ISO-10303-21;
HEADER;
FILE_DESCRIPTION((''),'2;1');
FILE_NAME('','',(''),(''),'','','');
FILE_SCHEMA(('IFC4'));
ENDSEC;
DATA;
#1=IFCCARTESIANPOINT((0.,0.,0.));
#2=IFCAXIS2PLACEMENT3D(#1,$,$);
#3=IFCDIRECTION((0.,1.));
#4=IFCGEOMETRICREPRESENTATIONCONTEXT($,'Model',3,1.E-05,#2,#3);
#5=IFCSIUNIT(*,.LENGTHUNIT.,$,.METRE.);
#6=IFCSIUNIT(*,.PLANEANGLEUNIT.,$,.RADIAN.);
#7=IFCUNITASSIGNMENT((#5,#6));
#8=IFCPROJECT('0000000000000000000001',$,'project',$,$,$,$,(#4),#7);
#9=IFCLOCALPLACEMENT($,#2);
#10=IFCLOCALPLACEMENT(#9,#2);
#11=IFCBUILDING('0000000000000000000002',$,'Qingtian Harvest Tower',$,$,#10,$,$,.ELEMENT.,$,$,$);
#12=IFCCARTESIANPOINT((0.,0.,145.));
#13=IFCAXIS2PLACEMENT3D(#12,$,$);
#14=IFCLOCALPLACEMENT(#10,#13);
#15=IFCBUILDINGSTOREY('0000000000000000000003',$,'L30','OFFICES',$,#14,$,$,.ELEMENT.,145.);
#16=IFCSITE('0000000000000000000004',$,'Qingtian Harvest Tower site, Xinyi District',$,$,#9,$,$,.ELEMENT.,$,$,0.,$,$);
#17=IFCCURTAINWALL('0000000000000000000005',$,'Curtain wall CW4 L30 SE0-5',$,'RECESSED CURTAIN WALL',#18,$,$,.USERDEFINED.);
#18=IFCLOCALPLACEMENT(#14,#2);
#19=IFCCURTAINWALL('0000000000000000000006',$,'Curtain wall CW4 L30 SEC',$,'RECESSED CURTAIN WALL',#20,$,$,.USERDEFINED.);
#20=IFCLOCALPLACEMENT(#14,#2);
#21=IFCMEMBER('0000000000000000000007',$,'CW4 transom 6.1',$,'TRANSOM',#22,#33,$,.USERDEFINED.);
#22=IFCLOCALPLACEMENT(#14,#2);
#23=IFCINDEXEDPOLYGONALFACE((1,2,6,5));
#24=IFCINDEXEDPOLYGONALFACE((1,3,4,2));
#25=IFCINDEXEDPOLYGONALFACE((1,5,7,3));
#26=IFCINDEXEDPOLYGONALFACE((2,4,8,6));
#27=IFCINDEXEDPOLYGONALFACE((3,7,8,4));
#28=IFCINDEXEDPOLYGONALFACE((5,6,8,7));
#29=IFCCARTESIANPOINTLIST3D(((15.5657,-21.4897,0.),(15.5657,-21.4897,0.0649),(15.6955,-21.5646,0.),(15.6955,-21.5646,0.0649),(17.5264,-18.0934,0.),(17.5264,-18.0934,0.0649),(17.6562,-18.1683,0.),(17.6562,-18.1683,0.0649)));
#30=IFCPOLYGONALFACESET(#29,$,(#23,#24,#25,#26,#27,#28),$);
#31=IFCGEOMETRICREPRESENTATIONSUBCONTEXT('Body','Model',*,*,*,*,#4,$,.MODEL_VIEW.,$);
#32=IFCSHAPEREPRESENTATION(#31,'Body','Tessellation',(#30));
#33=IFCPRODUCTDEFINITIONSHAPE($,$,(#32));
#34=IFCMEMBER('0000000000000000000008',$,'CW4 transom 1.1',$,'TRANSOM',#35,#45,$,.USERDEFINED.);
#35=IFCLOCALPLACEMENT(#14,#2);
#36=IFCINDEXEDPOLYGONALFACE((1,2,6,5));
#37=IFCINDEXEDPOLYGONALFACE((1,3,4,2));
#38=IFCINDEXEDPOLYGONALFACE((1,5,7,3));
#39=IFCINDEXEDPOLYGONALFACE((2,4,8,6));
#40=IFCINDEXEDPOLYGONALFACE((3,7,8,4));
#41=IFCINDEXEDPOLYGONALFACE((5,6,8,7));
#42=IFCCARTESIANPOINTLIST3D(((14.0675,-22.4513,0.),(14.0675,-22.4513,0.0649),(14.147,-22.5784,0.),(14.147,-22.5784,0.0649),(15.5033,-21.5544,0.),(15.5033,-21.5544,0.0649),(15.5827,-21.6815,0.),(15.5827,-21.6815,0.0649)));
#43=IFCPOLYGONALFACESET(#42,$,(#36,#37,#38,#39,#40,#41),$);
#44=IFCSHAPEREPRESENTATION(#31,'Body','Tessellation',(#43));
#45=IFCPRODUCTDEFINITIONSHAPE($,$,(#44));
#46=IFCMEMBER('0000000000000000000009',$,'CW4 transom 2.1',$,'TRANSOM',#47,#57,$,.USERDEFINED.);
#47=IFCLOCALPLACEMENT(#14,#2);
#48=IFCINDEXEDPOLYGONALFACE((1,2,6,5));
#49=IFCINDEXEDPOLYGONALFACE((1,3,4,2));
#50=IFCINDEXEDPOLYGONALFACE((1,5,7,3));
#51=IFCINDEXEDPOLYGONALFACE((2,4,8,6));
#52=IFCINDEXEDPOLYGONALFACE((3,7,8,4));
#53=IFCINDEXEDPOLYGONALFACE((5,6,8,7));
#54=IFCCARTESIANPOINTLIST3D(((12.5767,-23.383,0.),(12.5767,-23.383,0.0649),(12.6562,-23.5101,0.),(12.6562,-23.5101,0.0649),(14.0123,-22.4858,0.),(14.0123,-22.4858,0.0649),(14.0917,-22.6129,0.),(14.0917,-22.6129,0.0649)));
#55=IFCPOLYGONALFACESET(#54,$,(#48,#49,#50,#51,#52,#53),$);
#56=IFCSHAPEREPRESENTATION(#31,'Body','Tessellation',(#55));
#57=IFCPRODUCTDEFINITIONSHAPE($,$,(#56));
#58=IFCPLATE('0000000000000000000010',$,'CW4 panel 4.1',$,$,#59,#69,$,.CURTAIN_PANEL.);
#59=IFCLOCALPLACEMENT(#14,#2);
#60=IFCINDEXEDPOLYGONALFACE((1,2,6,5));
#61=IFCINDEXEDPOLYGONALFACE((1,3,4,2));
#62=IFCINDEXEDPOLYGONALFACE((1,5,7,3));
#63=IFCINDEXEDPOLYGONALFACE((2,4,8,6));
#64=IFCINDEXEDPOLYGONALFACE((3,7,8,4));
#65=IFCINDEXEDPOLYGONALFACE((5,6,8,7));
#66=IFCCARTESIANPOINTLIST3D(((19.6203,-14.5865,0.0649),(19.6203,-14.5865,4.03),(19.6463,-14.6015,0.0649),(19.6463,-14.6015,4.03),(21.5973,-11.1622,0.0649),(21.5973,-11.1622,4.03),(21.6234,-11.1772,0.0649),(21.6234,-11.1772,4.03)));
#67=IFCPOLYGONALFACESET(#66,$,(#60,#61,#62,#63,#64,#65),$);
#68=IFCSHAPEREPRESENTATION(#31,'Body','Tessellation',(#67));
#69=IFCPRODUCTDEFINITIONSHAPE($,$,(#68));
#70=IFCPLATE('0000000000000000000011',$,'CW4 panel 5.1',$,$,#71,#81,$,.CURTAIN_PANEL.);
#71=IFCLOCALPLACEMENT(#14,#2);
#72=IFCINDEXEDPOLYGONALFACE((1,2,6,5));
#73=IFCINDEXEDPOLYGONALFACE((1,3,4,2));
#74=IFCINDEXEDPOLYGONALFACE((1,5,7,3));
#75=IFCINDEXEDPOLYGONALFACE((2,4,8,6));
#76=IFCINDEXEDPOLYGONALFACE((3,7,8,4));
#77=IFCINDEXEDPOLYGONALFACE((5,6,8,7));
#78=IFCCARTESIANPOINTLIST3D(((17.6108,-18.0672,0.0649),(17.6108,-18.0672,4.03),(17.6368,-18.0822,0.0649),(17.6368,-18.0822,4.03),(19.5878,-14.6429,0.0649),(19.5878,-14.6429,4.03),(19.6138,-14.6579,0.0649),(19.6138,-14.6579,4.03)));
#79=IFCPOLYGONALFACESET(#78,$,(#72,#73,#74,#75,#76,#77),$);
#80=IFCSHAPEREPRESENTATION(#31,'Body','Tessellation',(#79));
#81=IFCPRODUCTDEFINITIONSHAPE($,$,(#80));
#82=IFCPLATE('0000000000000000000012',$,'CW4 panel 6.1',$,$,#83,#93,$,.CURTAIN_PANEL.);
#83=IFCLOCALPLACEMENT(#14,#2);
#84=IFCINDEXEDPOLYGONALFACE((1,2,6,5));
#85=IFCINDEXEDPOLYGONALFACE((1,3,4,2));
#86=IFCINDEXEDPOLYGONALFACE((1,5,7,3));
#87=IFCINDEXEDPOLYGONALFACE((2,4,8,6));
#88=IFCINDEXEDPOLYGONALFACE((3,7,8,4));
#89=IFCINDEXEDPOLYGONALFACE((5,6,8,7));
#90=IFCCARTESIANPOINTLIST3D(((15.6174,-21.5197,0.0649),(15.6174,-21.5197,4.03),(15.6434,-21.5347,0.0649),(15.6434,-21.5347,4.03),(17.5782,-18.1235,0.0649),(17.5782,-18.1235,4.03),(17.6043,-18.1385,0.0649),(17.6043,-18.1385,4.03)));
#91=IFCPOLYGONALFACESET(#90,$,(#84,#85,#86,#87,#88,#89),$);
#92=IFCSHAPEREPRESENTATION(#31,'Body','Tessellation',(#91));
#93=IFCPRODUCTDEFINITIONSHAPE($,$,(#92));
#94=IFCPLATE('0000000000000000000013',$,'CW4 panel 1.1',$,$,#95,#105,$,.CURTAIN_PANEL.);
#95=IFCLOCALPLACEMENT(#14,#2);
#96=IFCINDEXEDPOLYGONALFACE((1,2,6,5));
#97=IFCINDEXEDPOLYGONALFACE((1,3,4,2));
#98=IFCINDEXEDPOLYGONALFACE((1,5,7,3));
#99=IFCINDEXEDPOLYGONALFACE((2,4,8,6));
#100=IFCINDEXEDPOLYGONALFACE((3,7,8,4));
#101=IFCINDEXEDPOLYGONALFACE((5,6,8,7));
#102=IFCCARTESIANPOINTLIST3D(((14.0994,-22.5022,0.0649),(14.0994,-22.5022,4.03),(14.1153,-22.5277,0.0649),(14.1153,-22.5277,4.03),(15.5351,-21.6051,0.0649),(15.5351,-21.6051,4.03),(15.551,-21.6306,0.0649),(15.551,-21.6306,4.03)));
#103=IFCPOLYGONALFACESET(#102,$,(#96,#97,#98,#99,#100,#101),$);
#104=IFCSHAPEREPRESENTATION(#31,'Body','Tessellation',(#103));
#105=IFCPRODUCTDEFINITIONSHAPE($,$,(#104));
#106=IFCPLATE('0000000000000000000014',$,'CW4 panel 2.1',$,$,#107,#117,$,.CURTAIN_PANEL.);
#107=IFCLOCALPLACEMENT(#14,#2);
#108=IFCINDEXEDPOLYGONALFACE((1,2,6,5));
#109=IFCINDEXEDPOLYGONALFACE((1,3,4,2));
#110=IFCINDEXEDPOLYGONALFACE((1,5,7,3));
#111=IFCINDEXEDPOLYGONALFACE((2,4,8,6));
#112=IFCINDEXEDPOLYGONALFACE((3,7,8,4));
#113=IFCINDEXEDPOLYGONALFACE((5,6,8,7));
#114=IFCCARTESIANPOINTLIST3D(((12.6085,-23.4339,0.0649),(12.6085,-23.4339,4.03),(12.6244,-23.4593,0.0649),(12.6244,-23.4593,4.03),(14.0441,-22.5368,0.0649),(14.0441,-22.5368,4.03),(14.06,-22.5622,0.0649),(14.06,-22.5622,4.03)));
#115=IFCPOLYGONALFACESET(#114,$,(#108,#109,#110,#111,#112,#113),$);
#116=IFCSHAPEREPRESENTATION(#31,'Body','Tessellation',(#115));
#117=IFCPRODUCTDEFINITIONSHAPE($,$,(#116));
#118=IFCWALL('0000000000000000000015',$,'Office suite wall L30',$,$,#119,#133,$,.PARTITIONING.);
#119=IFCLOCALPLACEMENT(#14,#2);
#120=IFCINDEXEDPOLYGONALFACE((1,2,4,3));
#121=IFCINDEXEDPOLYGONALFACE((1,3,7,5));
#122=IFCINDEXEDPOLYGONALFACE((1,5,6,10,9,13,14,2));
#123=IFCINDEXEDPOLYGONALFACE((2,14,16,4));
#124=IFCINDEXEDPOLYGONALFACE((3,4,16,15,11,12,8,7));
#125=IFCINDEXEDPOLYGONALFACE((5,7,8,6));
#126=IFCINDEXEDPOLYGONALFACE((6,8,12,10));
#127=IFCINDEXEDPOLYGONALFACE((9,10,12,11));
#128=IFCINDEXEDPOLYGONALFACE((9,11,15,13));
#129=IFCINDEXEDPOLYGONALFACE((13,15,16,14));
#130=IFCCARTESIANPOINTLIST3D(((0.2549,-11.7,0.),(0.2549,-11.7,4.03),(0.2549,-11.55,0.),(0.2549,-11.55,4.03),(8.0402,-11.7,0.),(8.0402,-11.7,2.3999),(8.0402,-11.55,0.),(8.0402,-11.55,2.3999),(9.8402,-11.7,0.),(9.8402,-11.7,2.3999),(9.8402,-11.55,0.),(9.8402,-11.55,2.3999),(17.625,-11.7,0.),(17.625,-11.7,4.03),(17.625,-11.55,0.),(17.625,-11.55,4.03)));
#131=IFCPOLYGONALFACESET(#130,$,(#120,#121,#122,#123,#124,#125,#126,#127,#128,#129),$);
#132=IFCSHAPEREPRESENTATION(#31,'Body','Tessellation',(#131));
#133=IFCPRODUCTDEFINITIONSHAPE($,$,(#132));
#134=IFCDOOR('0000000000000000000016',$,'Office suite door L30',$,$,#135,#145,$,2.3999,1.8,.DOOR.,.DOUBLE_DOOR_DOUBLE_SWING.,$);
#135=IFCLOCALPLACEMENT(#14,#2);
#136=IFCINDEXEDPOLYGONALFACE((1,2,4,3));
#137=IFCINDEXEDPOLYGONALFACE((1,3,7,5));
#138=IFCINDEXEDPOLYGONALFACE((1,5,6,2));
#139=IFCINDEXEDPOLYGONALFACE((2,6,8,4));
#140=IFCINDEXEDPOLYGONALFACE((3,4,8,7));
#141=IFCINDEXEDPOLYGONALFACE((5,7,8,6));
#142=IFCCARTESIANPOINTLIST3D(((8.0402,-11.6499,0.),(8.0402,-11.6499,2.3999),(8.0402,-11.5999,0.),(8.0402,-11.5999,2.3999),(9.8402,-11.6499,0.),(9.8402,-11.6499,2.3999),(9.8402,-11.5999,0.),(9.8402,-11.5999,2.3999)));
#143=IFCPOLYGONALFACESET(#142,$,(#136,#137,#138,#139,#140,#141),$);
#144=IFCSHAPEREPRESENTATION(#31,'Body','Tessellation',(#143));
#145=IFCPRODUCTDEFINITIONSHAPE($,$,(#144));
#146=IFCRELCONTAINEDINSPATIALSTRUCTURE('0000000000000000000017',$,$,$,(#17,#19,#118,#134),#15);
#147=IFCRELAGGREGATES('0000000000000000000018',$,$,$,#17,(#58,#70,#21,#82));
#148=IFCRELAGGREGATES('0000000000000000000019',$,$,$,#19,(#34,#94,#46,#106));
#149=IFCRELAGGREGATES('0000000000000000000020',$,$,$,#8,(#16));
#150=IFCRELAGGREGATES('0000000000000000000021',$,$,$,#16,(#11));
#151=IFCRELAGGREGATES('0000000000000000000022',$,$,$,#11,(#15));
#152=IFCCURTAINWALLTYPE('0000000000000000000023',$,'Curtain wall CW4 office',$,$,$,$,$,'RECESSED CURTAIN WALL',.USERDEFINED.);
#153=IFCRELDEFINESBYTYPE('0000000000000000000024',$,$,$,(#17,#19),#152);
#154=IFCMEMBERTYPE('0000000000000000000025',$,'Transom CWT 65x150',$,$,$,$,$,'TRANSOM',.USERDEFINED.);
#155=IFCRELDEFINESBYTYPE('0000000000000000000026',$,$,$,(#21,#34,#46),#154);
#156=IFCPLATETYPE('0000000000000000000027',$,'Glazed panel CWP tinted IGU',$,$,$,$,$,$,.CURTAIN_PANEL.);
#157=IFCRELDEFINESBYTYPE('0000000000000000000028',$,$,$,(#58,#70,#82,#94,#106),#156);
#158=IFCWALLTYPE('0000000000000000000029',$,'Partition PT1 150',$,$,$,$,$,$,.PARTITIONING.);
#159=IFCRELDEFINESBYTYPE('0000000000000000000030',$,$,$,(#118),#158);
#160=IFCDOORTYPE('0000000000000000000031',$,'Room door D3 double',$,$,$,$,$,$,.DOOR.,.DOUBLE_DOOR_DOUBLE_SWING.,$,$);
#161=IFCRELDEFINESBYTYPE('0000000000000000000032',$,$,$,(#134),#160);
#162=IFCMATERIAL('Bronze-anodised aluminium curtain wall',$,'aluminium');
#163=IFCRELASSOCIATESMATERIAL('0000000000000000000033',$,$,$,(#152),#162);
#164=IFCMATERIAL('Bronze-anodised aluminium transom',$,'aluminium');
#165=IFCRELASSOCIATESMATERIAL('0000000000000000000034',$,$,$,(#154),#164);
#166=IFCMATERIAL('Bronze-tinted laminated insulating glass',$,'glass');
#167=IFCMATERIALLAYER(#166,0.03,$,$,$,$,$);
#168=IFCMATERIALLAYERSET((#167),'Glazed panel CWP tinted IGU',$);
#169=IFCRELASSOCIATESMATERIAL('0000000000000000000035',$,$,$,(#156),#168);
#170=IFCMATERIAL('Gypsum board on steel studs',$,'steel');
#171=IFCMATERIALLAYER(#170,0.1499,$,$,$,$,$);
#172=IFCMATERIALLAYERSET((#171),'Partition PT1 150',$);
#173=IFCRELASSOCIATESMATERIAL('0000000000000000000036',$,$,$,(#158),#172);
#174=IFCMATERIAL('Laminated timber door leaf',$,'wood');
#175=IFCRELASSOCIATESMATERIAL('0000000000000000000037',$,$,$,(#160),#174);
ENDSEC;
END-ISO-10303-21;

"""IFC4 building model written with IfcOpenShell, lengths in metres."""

from ifc_helpers import new_model, si_unit, direction, frame, frame_2d, origin, origin_2d, place, context, subcontext, project, spatial, rectangle, extrude, material, layer, layer_set, material_profile, profile_set, type_object, element, fill, aggregate, save


model = new_model("IFC4")

# Units and contexts
model_context = context("Model", 3, precision=1e-05, world=origin(), true_north=direction((0.0, 1.0)))
body_context = subcontext(model_context, "Body", "Model", "MODEL_VIEW")
ifc_project = project(units=[si_unit("LENGTHUNIT", "METRE"), si_unit("PLANEANGLEUNIT", "RADIAN")], contexts=[model_context])

# Site, building, storey
site_placement = place(None, origin())
site = spatial("IfcSite", under=ifc_project, at=site_placement, Name="Qingtian Harvest Tower site, Xinyi District", CompositionType="ELEMENT", RefElevation=0.0)
building_placement = place(site_placement, origin())
building = spatial("IfcBuilding", under=site, at=building_placement, Name="Qingtian Harvest Tower", CompositionType="ELEMENT")
storey_placement = place(building_placement, frame((0.0, 0.0, 145.0)))
storey = spatial("IfcBuildingStorey", under=building, at=storey_placement, Name="L30", Description="OFFICES", CompositionType="ELEMENT", Elevation=145.0)

# Curtain walls
ifc_material_1 = material(Name="Bronze-anodised aluminium curtain wall", Category="aluminium")
curtain_wall_type = type_object("IfcCurtainWallType", Name="Curtain wall CW4 office", ElementType="RECESSED CURTAIN WALL", PredefinedType="USERDEFINED", material=ifc_material_1)
curtain_wall_1_placement = place(storey_placement, origin())
curtain_wall_1 = element("IfcCurtainWall", 1, at=curtain_wall_1_placement, inside=storey, type_object=curtain_wall_type, Name="Curtain wall CW4 L30 SE0-5", ObjectType="RECESSED CURTAIN WALL", PredefinedType="USERDEFINED")
curtain_wall_2_placement = place(storey_placement, origin())
curtain_wall_2 = element("IfcCurtainWall", 2, at=curtain_wall_2_placement, inside=storey, type_object=curtain_wall_type, Name="Curtain wall CW4 L30 SEC", ObjectType="RECESSED CURTAIN WALL", PredefinedType="USERDEFINED")

# Members
ifc_material_2 = material(Name="Bronze-anodised aluminium transom", Category="aluminium")
ifc_material_profile_1 = material_profile(ifc_material_2, rectangle(XDim=0.1499, YDim=0.0649, at=origin_2d()), Name="AL 65x150")
ifc_profile_set_1 = profile_set([ifc_material_profile_1], Name="Bronze-anodised aluminium transom")
member_type_1 = type_object("IfcMemberType", Name="Transom CWT 65x150", ElementType="TRANSOM", PredefinedType="USERDEFINED", material=ifc_profile_set_1)
member_1_placement = place(storey_placement, frame((17.5913, -18.1309, 0.0325), z_axis=(-0.499976, -0.866039, 0.0), x_axis=(0.866039, -0.499976, 0.0)))
member_1 = element("IfcMember", 3, at=member_1_placement, type_object=member_type_1, Name="CW4 transom 6.1", ObjectType="TRANSOM", PredefinedType="USERDEFINED", context=body_context, shape_type="SweptSolid", body=[
    extrude(rectangle(XDim=0.1499, YDim=0.0649, at=origin_2d()), origin(), (0.0, 0.0, 1.0), 3.9216),
])
member_2_placement = place(storey_placement, frame((15.543, -21.6179, 0.0325), z_axis=(-0.848104, -0.52983, 0.0), x_axis=(0.52983, -0.848104, 0.0)))
member_2 = element("IfcMember", 4, at=member_2_placement, type_object=member_type_1, Name="CW4 transom 1.1", ObjectType="TRANSOM", PredefinedType="USERDEFINED", context=body_context, shape_type="SweptSolid", body=[
    extrude(rectangle(XDim=0.1499, YDim=0.0649, at=origin_2d()), origin(), (0.0, 0.0, 1.0), 1.6929),
])
member_3_placement = place(storey_placement, frame((14.052, -22.5493, 0.0325), z_axis=(-0.847998, -0.529999, 0.0), x_axis=(0.529999, -0.847998, 0.0)))
member_3 = element("IfcMember", 5, at=member_3_placement, type_object=member_type_1, Name="CW4 transom 2.1", ObjectType="TRANSOM", PredefinedType="USERDEFINED", context=body_context, shape_type="SweptSolid", body=[
    extrude(rectangle(XDim=0.1499, YDim=0.0649, at=origin_2d()), origin(), (0.0, 0.0, 1.0), 1.6929),
])

# Plates
ifc_material_3 = material(Name="Bronze-tinted laminated insulating glass", Category="glass")
ifc_layer_1 = layer(ifc_material_3, 0.03)
ifc_layer_set_1 = layer_set([ifc_layer_1], Name="Glazed panel CWP tinted IGU")
plate_type = type_object("IfcPlateType", Name="Glazed panel CWP tinted IGU", PredefinedType="CURTAIN_PANEL", material=ifc_layer_set_1)
plate_1_placement = place(storey_placement, frame((20.6218, -12.8818, 0.0649), z_axis=(0.0, 0.0, 1.0), x_axis=(-0.5, -0.866025, 0.0)))
plate_1 = element("IfcPlate", 6, at=plate_1_placement, type_object=plate_type, Name="CW4 panel 4.1", PredefinedType="CURTAIN_PANEL", context=body_context, shape_type="SweptSolid", body=[
    extrude(rectangle(XDim=3.9541, YDim=0.03, at=origin_2d()), origin(), (0.0, 0.0, 1.0), 3.9651),
])
plate_2_placement = place(storey_placement, frame((18.6123, -16.3625, 0.0649), z_axis=(0.0, 0.0, 1.0), x_axis=(-0.5, -0.866025, 0.0)))
plate_2 = element("IfcPlate", 7, at=plate_2_placement, type_object=plate_type, Name="CW4 panel 5.1", PredefinedType="CURTAIN_PANEL", context=body_context, shape_type="SweptSolid", body=[
    extrude(rectangle(XDim=3.9541, YDim=0.03, at=origin_2d()), origin(), (0.0, 0.0, 1.0), 3.9651),
])
plate_3_placement = place(storey_placement, frame((16.6108, -19.8291, 0.0649), z_axis=(0.0, 0.0, 1.0), x_axis=(-0.5, -0.866025, 0.0)))
plate_3 = element("IfcPlate", 8, at=plate_3_placement, type_object=plate_type, Name="CW4 panel 6.1", PredefinedType="CURTAIN_PANEL", context=body_context, shape_type="SweptSolid", body=[
    extrude(rectangle(XDim=3.9216, YDim=0.03, at=origin_2d()), origin(), (0.0, 0.0, 1.0), 3.9651),
])
aggregate(curtain_wall_1, [plate_1, plate_2, member_1, plate_3])
plate_4_placement = place(storey_placement, frame((14.8252, -22.0664, 0.0649), z_axis=(0.0, 0.0, 1.0), x_axis=(-0.848048, -0.529919, 0.0)))
plate_4 = element("IfcPlate", 9, at=plate_4_placement, type_object=plate_type, Name="CW4 panel 1.1", PredefinedType="CURTAIN_PANEL", context=body_context, shape_type="SweptSolid", body=[
    extrude(rectangle(XDim=1.6929, YDim=0.03, at=origin_2d()), origin(), (0.0, 0.0, 1.0), 3.9651),
])
plate_5_placement = place(storey_placement, frame((13.3342, -22.998, 0.0649), z_axis=(0.0, 0.0, 1.0), x_axis=(-0.848048, -0.529919, 0.0)))
plate_5 = element("IfcPlate", 10, at=plate_5_placement, type_object=plate_type, Name="CW4 panel 2.1", PredefinedType="CURTAIN_PANEL", context=body_context, shape_type="SweptSolid", body=[
    extrude(rectangle(XDim=1.6929, YDim=0.03, at=origin_2d()), origin(), (0.0, 0.0, 1.0), 3.9651),
])
aggregate(curtain_wall_2, [member_2, plate_4, member_3, plate_5])

# Wall, opening, door
ifc_material_4 = material(Name="Gypsum board on steel studs", Category="steel")
ifc_layer_2 = layer(ifc_material_4, 0.1499)
ifc_layer_set_2 = layer_set([ifc_layer_2], Name="Partition PT1 150")
wall_type = type_object("IfcWallType", Name="Partition PT1 150", PredefinedType="PARTITIONING", material=ifc_layer_set_2)
wall_placement = place(storey_placement, frame((17.625, -11.625, 0.0), z_axis=(0.0, 0.0, 1.0), x_axis=(-1.0, 0.0, 0.0)))
wall = element("IfcWall", 11, at=wall_placement, inside=storey, type_object=wall_type, Name="Office suite wall L30", PredefinedType="PARTITIONING", context=body_context, shape_type="SweptSolid", body=[
    extrude(rectangle(XDim=17.3701, YDim=0.1499, at=frame_2d((8.6851, 0.0))), origin(), (0.0, 0.0, 1.0), 4.03),
])
opening_placement = place(wall_placement, frame((7.7849, 0.0, 0.0)))
opening = element("IfcOpeningElement", 12, at=opening_placement, cuts=wall, PredefinedType="OPENING", context=body_context, shape_type="SweptSolid", body=[
    extrude(rectangle(XDim=1.8, YDim=2.3999, at=frame_2d((0.8999, 1.2))), frame((0.0, 0.085, 0.0), z_axis=(0.0, -1.0, 0.0), x_axis=(1.0, 0.0, 0.0)), (0.0, 0.0, 1.0), 0.1699),
])
ifc_material_5 = material(Name="Laminated timber door leaf", Category="wood")
door_type = type_object("IfcDoorType", Name="Room door D3 double", OperationType="DOUBLE_DOOR_DOUBLE_SWING", PredefinedType="DOOR", material=ifc_material_5)
door_placement = place(opening_placement, origin())
door = element("IfcDoor", 13, at=door_placement, inside=storey, type_object=door_type, Name="Office suite door L30", OperationType="DOUBLE_DOOR_DOUBLE_SWING", OverallHeight=2.3999, OverallWidth=1.8, PredefinedType="DOOR", context=body_context, shape_type="SweptSolid", body=[
    extrude(rectangle(XDim=1.8, YDim=2.3999, at=frame_2d((0.8999, 1.2))), frame((0.0, 0.0249, 0.0), z_axis=(0.0, -1.0, 0.0), x_axis=(1.0, 0.0, 0.0)), (0.0, 0.0, 1.0), 0.05),
])
fill(opening, door)

save(model, "model.ifc")
